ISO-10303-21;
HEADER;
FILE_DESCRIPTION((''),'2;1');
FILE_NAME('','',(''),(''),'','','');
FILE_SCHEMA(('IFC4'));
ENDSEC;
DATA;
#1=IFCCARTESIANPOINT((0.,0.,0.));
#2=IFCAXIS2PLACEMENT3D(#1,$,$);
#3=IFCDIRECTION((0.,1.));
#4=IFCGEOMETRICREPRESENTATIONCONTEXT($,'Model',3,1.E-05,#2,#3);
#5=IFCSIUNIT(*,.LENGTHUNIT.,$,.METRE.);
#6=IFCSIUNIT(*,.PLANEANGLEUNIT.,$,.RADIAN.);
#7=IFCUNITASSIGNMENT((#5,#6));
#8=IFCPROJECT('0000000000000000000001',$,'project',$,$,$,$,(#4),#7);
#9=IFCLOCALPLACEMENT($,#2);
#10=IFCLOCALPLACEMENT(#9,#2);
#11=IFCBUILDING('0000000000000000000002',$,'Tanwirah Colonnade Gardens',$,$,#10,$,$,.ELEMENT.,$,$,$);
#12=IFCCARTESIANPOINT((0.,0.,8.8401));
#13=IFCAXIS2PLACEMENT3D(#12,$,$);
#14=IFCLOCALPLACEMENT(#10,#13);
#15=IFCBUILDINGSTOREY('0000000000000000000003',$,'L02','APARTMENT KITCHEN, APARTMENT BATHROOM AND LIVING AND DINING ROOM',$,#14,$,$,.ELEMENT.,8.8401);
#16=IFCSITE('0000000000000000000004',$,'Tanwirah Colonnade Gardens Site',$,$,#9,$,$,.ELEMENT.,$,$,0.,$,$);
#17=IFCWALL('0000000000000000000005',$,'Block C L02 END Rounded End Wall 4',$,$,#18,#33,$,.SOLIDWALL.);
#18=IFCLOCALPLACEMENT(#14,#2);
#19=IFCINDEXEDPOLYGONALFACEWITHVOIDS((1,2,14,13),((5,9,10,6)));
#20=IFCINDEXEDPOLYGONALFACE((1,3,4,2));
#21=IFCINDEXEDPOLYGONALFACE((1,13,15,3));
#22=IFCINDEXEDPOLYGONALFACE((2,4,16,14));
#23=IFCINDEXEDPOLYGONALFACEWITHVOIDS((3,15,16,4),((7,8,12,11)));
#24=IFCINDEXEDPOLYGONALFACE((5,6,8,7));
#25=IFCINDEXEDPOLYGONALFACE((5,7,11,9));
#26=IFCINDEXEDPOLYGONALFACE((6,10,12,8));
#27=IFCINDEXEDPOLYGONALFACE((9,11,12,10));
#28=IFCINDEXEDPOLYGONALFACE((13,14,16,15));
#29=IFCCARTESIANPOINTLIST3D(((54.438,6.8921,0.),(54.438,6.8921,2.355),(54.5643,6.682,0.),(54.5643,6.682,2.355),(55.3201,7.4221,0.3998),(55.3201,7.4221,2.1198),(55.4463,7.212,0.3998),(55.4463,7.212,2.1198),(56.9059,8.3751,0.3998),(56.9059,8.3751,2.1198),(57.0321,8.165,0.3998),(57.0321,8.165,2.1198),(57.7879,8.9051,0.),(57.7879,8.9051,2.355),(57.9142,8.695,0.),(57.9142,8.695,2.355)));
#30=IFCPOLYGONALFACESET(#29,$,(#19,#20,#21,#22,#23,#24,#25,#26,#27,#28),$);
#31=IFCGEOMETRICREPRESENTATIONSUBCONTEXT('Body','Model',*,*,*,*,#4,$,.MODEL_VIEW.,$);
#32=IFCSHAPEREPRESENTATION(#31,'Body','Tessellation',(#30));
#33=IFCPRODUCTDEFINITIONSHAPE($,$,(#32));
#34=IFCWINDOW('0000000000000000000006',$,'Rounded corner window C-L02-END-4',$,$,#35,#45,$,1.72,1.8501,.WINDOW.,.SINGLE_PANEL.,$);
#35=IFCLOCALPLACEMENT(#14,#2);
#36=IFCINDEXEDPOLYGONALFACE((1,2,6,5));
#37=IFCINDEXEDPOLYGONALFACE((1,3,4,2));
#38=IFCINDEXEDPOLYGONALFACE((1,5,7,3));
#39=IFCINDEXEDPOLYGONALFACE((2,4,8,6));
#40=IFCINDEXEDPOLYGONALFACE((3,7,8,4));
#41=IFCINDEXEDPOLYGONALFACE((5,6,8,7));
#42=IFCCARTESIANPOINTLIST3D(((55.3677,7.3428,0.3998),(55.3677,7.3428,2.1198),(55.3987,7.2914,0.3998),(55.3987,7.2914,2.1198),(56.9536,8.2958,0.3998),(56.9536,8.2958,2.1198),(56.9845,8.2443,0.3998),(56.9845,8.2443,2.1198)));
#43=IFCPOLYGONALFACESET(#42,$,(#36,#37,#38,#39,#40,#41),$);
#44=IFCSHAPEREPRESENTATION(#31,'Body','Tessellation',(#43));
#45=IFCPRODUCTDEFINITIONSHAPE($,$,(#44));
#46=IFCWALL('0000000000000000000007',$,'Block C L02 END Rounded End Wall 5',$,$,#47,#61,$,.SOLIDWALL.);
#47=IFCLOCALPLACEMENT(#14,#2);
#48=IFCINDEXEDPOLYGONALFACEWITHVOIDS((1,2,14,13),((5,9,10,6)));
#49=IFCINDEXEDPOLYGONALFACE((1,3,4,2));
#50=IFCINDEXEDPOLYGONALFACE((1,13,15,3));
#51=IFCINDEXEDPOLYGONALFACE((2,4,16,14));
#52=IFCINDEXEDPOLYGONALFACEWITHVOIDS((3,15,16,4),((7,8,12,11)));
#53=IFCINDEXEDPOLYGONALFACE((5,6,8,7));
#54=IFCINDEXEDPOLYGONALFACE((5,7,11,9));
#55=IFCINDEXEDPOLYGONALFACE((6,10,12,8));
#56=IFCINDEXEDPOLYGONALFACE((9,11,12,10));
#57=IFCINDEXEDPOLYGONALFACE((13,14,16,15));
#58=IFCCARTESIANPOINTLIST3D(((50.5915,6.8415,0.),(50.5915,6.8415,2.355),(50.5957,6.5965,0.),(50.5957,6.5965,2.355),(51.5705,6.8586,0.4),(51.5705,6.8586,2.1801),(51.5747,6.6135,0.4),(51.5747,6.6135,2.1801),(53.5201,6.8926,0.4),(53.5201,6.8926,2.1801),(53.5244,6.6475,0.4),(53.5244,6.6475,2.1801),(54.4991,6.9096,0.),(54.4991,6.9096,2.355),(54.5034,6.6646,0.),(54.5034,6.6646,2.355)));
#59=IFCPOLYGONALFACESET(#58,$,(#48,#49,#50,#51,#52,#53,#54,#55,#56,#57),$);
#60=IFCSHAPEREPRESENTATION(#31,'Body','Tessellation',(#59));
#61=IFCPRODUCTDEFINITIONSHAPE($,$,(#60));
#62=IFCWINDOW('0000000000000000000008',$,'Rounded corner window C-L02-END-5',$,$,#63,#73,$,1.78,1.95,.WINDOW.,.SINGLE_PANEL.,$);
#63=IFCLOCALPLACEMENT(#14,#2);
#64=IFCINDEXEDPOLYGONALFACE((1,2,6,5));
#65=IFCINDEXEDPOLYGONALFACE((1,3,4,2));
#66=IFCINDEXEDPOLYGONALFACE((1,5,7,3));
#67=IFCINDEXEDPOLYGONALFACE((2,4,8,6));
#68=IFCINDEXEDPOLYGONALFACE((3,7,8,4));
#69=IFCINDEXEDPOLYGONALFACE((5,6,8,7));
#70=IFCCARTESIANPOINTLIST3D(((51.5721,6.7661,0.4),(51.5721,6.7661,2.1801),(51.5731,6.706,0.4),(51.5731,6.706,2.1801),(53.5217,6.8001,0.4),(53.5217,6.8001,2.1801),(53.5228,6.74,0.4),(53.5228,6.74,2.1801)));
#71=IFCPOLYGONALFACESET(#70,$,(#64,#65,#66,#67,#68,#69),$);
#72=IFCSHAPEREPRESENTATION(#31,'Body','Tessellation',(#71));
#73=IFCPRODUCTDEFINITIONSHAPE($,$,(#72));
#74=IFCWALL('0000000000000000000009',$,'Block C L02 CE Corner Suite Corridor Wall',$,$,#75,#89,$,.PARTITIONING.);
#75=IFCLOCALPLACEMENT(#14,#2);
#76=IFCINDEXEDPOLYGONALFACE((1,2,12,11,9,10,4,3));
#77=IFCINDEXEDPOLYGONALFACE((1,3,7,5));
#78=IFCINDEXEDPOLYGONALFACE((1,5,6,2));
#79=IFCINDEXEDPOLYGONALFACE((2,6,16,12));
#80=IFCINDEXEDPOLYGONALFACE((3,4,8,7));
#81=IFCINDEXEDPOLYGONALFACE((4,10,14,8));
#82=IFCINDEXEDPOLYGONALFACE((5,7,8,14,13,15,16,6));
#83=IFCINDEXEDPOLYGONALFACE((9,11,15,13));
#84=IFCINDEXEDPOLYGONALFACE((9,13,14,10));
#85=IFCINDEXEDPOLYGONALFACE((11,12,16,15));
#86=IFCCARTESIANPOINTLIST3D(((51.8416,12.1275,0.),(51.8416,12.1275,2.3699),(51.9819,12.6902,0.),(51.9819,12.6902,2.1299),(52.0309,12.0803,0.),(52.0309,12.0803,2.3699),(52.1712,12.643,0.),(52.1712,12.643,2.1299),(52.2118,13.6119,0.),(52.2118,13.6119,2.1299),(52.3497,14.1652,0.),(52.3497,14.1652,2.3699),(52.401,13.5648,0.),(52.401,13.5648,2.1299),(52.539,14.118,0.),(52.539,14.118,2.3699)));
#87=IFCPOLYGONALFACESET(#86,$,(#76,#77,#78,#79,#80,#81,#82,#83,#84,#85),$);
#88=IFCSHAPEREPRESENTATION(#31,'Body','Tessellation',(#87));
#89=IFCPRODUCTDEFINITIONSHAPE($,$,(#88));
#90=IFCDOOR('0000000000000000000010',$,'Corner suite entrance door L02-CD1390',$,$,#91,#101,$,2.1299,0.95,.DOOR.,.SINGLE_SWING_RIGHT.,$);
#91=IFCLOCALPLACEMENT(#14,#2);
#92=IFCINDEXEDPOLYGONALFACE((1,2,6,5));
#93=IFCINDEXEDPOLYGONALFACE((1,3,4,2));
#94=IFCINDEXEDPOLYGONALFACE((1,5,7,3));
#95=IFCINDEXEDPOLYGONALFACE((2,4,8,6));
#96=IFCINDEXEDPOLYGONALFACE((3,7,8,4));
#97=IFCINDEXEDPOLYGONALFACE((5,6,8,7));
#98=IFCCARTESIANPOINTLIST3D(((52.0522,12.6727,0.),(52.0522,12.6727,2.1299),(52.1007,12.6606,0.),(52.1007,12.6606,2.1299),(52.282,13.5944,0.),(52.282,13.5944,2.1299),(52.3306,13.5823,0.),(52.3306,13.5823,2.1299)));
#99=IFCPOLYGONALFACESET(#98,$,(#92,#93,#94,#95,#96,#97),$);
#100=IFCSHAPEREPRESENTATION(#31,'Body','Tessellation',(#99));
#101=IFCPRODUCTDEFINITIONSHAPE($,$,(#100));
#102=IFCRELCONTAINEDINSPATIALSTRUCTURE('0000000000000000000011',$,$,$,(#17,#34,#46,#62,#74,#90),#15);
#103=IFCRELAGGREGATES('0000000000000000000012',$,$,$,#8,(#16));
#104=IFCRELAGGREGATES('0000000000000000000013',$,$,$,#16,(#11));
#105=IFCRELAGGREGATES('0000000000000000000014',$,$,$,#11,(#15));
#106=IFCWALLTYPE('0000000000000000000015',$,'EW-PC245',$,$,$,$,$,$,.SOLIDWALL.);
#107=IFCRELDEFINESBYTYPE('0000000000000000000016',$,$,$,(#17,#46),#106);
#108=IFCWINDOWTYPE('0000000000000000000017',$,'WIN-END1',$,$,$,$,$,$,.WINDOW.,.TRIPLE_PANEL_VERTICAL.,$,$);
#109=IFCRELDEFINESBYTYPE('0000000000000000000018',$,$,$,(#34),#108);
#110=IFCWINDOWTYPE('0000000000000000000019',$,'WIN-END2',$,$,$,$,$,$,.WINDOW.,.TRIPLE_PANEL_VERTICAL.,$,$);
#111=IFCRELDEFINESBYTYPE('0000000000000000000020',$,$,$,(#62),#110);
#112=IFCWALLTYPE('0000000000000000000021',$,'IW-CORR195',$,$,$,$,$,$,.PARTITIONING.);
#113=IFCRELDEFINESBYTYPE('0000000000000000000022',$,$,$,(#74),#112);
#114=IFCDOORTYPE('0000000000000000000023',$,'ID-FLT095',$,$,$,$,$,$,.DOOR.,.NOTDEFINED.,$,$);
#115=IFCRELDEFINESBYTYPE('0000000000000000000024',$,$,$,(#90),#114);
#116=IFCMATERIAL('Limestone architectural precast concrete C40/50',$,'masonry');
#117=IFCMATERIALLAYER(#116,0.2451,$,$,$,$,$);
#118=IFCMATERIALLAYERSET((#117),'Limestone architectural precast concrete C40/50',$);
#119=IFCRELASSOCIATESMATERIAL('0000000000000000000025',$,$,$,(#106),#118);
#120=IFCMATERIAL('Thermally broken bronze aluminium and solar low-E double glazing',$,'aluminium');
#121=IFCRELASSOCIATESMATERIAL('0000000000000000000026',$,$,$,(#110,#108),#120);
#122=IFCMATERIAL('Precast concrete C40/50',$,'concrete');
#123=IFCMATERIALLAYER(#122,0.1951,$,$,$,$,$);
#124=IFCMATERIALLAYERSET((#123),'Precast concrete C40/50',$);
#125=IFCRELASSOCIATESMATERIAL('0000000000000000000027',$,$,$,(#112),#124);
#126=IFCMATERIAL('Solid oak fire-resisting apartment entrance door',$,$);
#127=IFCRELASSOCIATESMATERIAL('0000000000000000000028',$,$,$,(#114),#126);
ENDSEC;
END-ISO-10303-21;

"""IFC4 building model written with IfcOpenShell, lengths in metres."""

from ifc_helpers import new_model, si_unit, direction, frame, frame_2d, origin, place, context, subcontext, project, spatial, rectangle, extrude, material, layer, layer_set, type_object, element, fill, save


model = new_model("IFC4")

# Units and contexts
model_context = context("Model", 3, precision=1e-05, world=origin(), true_north=direction((0.0, 1.0)))
body_context = subcontext(model_context, "Body", "Model", "MODEL_VIEW")
ifc_project = project(units=[si_unit("LENGTHUNIT", "METRE"), si_unit("PLANEANGLEUNIT", "RADIAN")], contexts=[model_context])

# Site, building, storey
site_placement = place(None, origin())
site = spatial("IfcSite", under=ifc_project, at=site_placement, Name="Tanwirah Colonnade Gardens Site", CompositionType="ELEMENT", RefElevation=0.0)
building_placement = place(site_placement, origin())
building = spatial("IfcBuilding", under=site, at=building_placement, Name="Tanwirah Colonnade Gardens", CompositionType="ELEMENT")
storey_placement = place(building_placement, frame((0.0, 0.0, 8.8401)))
storey = spatial("IfcBuildingStorey", under=building, at=storey_placement, Name="L02", Description="APARTMENT KITCHEN, APARTMENT BATHROOM AND LIVING AND DINING ROOM", CompositionType="ELEMENT", Elevation=8.8401)

# Shared definitions
ifc_material_1 = material(Name="Precast concrete C40/50", Category="concrete")

# Walls, openings, windows
ifc_material_2 = material(Name="Limestone architectural precast concrete C40/50", Category="masonry")
ifc_layer_1 = layer(ifc_material_2, 0.2451)
ifc_layer_set_1 = layer_set([ifc_layer_1], Name="Limestone architectural precast concrete C40/50")
wall_type_1 = type_object("IfcWallType", Name="EW-PC245", PredefinedType="SOLIDWALL", material=ifc_layer_set_1)
ifc_material_3 = material(Name="Thermally broken bronze aluminium and solar low-E double glazing", Category="aluminium")
window_type_1 = type_object("IfcWindowType", Name="WIN-END2", PartitioningType="TRIPLE_PANEL_VERTICAL", PredefinedType="WINDOW", material=ifc_material_3)
wall_1_placement = place(storey_placement, frame((57.8511, 8.8, 0.0), z_axis=(0.0, 0.0, 1.0), x_axis=(-0.857151, -0.515065, 0.0)))
wall_1 = element("IfcWall", 1, at=wall_1_placement, inside=storey, type_object=wall_type_1, Name="Block C L02 END Rounded End Wall 4", PredefinedType="SOLIDWALL", context=body_context, shape_type="SweptSolid", body=[
    extrude(rectangle(XDim=3.9082, YDim=0.2451, at=frame_2d((1.9541, 0.0))), origin(), (0.0, 0.0, 1.0), 2.355),
])
opening_1_placement = place(wall_1_placement, frame((1.0291, 0.0, 0.3999)))
opening_1 = element("IfcOpeningElement", 2, at=opening_1_placement, cuts=wall_1, PredefinedType="OPENING", context=body_context, shape_type="SweptSolid", body=[
    extrude(rectangle(XDim=1.8501, YDim=1.72, at=frame_2d((0.925, 0.8599))), frame((0.0, 0.1326, 0.0), z_axis=(0.0, -1.0, 0.0), x_axis=(1.0, 0.0, 0.0)), (0.0, 0.0, 1.0), 0.2651),
])
window_type_2 = type_object("IfcWindowType", Name="WIN-END1", PartitioningType="TRIPLE_PANEL_VERTICAL", PredefinedType="WINDOW", material=ifc_material_3)
window_1_placement = place(opening_1_placement, origin())
window_1 = element("IfcWindow", 3, at=window_1_placement, inside=storey, type_object=window_type_2, Name="Rounded corner window C-L02-END-4", OverallHeight=1.72, OverallWidth=1.8501, PartitioningType="SINGLE_PANEL", PredefinedType="WINDOW", context=body_context, shape_type="SweptSolid", body=[
    extrude(rectangle(XDim=1.8501, YDim=1.72, at=frame_2d((0.925, 0.8599))), frame((0.0, 0.03, 0.0), z_axis=(0.0, -1.0, 0.0), x_axis=(1.0, 0.0, 0.0)), (0.0, 0.0, 1.0), 0.0601),
])
fill(opening_1, window_1)
wall_2_placement = place(storey_placement, frame((54.5012, 6.7871, 0.0), z_axis=(0.0, 0.0, 1.0), x_axis=(-0.999848, -0.017428, 0.0)))
wall_2 = element("IfcWall", 4, at=wall_2_placement, inside=storey, type_object=wall_type_1, Name="Block C L02 END Rounded End Wall 5", PredefinedType="SOLIDWALL", context=body_context, shape_type="SweptSolid", body=[
    extrude(rectangle(XDim=3.9082, YDim=0.2451, at=frame_2d((1.9541, 0.0))), origin(), (0.0, 0.0, 1.0), 2.355),
])
opening_2_placement = place(wall_2_placement, frame((0.979, 0.0, 0.3999)))
opening_2 = element("IfcOpeningElement", 5, at=opening_2_placement, cuts=wall_2, PredefinedType="OPENING", context=body_context, shape_type="SweptSolid", body=[
    extrude(rectangle(XDim=1.95, YDim=1.78, at=frame_2d((0.9751, 0.8901))), frame((0.0, 0.1326, 0.0), z_axis=(0.0, -1.0, 0.0), x_axis=(1.0, 0.0, 0.0)), (0.0, 0.0, 1.0), 0.2651),
])
window_2_placement = place(opening_2_placement, origin())
window_2 = element("IfcWindow", 6, at=window_2_placement, inside=storey, type_object=window_type_1, Name="Rounded corner window C-L02-END-5", OverallHeight=1.78, OverallWidth=1.95, PartitioningType="SINGLE_PANEL", PredefinedType="WINDOW", context=body_context, shape_type="SweptSolid", body=[
    extrude(rectangle(XDim=1.95, YDim=1.78, at=frame_2d((0.9751, 0.8901))), frame((0.0, 0.03, 0.0), z_axis=(0.0, -1.0, 0.0), x_axis=(1.0, 0.0, 0.0)), (0.0, 0.0, 1.0), 0.0601),
])
fill(opening_2, window_2)

# Wall, opening, door
ifc_layer_2 = layer(ifc_material_1, 0.1951)
ifc_layer_set_2 = layer_set([ifc_layer_2], Name="Precast concrete C40/50")
wall_type_2 = type_object("IfcWallType", Name="IW-CORR195", PredefinedType="PARTITIONING", material=ifc_layer_set_2)
wall_3_placement = place(storey_placement, frame((52.4443, 14.1416, 0.0), z_axis=(0.0, 0.0, 1.0), x_axis=(-0.241934, -0.970293, 0.0)))
wall_3 = element("IfcWall", 7, at=wall_3_placement, inside=storey, type_object=wall_type_2, Name="Block C L02 CE Corner Suite Corridor Wall", PredefinedType="PARTITIONING", context=body_context, shape_type="SweptSolid", body=[
    extrude(rectangle(XDim=2.1001, YDim=0.1951, at=frame_2d((1.05, 0.0))), origin(), (0.0, 0.0, 1.0), 2.3699),
])
opening_3_placement = place(wall_3_placement, frame((0.5701, 0.0, 0.0)))
opening_3 = element("IfcOpeningElement", 8, at=opening_3_placement, cuts=wall_3, PredefinedType="OPENING", context=body_context, shape_type="SweptSolid", body=[
    extrude(rectangle(XDim=0.95, YDim=2.1299, at=frame_2d((0.4751, 1.0649))), frame((0.0, 0.1074, 0.0), z_axis=(0.0, -1.0, 0.0), x_axis=(1.0, 0.0, 0.0)), (0.0, 0.0, 1.0), 0.2151),
])
ifc_material_4 = material(Name="Solid oak fire-resisting apartment entrance door")
door_type = type_object("IfcDoorType", Name="ID-FLT095", OperationType="NOTDEFINED", PredefinedType="DOOR", material=ifc_material_4)
door_placement = place(opening_3_placement, origin())
door = element("IfcDoor", 9, at=door_placement, inside=storey, type_object=door_type, Name="Corner suite entrance door L02-CD1390", OperationType="SINGLE_SWING_RIGHT", OverallHeight=2.1299, OverallWidth=0.95, PredefinedType="DOOR", context=body_context, shape_type="SweptSolid", body=[
    extrude(rectangle(XDim=0.95, YDim=2.1299, at=frame_2d((0.4751, 1.0649))), frame((0.0, 0.0249, 0.0), z_axis=(0.0, -1.0, 0.0), x_axis=(1.0, 0.0, 0.0)), (0.0, 0.0, 1.0), 0.05),
])
fill(opening_3, door)

save(model, "model.ifc")
